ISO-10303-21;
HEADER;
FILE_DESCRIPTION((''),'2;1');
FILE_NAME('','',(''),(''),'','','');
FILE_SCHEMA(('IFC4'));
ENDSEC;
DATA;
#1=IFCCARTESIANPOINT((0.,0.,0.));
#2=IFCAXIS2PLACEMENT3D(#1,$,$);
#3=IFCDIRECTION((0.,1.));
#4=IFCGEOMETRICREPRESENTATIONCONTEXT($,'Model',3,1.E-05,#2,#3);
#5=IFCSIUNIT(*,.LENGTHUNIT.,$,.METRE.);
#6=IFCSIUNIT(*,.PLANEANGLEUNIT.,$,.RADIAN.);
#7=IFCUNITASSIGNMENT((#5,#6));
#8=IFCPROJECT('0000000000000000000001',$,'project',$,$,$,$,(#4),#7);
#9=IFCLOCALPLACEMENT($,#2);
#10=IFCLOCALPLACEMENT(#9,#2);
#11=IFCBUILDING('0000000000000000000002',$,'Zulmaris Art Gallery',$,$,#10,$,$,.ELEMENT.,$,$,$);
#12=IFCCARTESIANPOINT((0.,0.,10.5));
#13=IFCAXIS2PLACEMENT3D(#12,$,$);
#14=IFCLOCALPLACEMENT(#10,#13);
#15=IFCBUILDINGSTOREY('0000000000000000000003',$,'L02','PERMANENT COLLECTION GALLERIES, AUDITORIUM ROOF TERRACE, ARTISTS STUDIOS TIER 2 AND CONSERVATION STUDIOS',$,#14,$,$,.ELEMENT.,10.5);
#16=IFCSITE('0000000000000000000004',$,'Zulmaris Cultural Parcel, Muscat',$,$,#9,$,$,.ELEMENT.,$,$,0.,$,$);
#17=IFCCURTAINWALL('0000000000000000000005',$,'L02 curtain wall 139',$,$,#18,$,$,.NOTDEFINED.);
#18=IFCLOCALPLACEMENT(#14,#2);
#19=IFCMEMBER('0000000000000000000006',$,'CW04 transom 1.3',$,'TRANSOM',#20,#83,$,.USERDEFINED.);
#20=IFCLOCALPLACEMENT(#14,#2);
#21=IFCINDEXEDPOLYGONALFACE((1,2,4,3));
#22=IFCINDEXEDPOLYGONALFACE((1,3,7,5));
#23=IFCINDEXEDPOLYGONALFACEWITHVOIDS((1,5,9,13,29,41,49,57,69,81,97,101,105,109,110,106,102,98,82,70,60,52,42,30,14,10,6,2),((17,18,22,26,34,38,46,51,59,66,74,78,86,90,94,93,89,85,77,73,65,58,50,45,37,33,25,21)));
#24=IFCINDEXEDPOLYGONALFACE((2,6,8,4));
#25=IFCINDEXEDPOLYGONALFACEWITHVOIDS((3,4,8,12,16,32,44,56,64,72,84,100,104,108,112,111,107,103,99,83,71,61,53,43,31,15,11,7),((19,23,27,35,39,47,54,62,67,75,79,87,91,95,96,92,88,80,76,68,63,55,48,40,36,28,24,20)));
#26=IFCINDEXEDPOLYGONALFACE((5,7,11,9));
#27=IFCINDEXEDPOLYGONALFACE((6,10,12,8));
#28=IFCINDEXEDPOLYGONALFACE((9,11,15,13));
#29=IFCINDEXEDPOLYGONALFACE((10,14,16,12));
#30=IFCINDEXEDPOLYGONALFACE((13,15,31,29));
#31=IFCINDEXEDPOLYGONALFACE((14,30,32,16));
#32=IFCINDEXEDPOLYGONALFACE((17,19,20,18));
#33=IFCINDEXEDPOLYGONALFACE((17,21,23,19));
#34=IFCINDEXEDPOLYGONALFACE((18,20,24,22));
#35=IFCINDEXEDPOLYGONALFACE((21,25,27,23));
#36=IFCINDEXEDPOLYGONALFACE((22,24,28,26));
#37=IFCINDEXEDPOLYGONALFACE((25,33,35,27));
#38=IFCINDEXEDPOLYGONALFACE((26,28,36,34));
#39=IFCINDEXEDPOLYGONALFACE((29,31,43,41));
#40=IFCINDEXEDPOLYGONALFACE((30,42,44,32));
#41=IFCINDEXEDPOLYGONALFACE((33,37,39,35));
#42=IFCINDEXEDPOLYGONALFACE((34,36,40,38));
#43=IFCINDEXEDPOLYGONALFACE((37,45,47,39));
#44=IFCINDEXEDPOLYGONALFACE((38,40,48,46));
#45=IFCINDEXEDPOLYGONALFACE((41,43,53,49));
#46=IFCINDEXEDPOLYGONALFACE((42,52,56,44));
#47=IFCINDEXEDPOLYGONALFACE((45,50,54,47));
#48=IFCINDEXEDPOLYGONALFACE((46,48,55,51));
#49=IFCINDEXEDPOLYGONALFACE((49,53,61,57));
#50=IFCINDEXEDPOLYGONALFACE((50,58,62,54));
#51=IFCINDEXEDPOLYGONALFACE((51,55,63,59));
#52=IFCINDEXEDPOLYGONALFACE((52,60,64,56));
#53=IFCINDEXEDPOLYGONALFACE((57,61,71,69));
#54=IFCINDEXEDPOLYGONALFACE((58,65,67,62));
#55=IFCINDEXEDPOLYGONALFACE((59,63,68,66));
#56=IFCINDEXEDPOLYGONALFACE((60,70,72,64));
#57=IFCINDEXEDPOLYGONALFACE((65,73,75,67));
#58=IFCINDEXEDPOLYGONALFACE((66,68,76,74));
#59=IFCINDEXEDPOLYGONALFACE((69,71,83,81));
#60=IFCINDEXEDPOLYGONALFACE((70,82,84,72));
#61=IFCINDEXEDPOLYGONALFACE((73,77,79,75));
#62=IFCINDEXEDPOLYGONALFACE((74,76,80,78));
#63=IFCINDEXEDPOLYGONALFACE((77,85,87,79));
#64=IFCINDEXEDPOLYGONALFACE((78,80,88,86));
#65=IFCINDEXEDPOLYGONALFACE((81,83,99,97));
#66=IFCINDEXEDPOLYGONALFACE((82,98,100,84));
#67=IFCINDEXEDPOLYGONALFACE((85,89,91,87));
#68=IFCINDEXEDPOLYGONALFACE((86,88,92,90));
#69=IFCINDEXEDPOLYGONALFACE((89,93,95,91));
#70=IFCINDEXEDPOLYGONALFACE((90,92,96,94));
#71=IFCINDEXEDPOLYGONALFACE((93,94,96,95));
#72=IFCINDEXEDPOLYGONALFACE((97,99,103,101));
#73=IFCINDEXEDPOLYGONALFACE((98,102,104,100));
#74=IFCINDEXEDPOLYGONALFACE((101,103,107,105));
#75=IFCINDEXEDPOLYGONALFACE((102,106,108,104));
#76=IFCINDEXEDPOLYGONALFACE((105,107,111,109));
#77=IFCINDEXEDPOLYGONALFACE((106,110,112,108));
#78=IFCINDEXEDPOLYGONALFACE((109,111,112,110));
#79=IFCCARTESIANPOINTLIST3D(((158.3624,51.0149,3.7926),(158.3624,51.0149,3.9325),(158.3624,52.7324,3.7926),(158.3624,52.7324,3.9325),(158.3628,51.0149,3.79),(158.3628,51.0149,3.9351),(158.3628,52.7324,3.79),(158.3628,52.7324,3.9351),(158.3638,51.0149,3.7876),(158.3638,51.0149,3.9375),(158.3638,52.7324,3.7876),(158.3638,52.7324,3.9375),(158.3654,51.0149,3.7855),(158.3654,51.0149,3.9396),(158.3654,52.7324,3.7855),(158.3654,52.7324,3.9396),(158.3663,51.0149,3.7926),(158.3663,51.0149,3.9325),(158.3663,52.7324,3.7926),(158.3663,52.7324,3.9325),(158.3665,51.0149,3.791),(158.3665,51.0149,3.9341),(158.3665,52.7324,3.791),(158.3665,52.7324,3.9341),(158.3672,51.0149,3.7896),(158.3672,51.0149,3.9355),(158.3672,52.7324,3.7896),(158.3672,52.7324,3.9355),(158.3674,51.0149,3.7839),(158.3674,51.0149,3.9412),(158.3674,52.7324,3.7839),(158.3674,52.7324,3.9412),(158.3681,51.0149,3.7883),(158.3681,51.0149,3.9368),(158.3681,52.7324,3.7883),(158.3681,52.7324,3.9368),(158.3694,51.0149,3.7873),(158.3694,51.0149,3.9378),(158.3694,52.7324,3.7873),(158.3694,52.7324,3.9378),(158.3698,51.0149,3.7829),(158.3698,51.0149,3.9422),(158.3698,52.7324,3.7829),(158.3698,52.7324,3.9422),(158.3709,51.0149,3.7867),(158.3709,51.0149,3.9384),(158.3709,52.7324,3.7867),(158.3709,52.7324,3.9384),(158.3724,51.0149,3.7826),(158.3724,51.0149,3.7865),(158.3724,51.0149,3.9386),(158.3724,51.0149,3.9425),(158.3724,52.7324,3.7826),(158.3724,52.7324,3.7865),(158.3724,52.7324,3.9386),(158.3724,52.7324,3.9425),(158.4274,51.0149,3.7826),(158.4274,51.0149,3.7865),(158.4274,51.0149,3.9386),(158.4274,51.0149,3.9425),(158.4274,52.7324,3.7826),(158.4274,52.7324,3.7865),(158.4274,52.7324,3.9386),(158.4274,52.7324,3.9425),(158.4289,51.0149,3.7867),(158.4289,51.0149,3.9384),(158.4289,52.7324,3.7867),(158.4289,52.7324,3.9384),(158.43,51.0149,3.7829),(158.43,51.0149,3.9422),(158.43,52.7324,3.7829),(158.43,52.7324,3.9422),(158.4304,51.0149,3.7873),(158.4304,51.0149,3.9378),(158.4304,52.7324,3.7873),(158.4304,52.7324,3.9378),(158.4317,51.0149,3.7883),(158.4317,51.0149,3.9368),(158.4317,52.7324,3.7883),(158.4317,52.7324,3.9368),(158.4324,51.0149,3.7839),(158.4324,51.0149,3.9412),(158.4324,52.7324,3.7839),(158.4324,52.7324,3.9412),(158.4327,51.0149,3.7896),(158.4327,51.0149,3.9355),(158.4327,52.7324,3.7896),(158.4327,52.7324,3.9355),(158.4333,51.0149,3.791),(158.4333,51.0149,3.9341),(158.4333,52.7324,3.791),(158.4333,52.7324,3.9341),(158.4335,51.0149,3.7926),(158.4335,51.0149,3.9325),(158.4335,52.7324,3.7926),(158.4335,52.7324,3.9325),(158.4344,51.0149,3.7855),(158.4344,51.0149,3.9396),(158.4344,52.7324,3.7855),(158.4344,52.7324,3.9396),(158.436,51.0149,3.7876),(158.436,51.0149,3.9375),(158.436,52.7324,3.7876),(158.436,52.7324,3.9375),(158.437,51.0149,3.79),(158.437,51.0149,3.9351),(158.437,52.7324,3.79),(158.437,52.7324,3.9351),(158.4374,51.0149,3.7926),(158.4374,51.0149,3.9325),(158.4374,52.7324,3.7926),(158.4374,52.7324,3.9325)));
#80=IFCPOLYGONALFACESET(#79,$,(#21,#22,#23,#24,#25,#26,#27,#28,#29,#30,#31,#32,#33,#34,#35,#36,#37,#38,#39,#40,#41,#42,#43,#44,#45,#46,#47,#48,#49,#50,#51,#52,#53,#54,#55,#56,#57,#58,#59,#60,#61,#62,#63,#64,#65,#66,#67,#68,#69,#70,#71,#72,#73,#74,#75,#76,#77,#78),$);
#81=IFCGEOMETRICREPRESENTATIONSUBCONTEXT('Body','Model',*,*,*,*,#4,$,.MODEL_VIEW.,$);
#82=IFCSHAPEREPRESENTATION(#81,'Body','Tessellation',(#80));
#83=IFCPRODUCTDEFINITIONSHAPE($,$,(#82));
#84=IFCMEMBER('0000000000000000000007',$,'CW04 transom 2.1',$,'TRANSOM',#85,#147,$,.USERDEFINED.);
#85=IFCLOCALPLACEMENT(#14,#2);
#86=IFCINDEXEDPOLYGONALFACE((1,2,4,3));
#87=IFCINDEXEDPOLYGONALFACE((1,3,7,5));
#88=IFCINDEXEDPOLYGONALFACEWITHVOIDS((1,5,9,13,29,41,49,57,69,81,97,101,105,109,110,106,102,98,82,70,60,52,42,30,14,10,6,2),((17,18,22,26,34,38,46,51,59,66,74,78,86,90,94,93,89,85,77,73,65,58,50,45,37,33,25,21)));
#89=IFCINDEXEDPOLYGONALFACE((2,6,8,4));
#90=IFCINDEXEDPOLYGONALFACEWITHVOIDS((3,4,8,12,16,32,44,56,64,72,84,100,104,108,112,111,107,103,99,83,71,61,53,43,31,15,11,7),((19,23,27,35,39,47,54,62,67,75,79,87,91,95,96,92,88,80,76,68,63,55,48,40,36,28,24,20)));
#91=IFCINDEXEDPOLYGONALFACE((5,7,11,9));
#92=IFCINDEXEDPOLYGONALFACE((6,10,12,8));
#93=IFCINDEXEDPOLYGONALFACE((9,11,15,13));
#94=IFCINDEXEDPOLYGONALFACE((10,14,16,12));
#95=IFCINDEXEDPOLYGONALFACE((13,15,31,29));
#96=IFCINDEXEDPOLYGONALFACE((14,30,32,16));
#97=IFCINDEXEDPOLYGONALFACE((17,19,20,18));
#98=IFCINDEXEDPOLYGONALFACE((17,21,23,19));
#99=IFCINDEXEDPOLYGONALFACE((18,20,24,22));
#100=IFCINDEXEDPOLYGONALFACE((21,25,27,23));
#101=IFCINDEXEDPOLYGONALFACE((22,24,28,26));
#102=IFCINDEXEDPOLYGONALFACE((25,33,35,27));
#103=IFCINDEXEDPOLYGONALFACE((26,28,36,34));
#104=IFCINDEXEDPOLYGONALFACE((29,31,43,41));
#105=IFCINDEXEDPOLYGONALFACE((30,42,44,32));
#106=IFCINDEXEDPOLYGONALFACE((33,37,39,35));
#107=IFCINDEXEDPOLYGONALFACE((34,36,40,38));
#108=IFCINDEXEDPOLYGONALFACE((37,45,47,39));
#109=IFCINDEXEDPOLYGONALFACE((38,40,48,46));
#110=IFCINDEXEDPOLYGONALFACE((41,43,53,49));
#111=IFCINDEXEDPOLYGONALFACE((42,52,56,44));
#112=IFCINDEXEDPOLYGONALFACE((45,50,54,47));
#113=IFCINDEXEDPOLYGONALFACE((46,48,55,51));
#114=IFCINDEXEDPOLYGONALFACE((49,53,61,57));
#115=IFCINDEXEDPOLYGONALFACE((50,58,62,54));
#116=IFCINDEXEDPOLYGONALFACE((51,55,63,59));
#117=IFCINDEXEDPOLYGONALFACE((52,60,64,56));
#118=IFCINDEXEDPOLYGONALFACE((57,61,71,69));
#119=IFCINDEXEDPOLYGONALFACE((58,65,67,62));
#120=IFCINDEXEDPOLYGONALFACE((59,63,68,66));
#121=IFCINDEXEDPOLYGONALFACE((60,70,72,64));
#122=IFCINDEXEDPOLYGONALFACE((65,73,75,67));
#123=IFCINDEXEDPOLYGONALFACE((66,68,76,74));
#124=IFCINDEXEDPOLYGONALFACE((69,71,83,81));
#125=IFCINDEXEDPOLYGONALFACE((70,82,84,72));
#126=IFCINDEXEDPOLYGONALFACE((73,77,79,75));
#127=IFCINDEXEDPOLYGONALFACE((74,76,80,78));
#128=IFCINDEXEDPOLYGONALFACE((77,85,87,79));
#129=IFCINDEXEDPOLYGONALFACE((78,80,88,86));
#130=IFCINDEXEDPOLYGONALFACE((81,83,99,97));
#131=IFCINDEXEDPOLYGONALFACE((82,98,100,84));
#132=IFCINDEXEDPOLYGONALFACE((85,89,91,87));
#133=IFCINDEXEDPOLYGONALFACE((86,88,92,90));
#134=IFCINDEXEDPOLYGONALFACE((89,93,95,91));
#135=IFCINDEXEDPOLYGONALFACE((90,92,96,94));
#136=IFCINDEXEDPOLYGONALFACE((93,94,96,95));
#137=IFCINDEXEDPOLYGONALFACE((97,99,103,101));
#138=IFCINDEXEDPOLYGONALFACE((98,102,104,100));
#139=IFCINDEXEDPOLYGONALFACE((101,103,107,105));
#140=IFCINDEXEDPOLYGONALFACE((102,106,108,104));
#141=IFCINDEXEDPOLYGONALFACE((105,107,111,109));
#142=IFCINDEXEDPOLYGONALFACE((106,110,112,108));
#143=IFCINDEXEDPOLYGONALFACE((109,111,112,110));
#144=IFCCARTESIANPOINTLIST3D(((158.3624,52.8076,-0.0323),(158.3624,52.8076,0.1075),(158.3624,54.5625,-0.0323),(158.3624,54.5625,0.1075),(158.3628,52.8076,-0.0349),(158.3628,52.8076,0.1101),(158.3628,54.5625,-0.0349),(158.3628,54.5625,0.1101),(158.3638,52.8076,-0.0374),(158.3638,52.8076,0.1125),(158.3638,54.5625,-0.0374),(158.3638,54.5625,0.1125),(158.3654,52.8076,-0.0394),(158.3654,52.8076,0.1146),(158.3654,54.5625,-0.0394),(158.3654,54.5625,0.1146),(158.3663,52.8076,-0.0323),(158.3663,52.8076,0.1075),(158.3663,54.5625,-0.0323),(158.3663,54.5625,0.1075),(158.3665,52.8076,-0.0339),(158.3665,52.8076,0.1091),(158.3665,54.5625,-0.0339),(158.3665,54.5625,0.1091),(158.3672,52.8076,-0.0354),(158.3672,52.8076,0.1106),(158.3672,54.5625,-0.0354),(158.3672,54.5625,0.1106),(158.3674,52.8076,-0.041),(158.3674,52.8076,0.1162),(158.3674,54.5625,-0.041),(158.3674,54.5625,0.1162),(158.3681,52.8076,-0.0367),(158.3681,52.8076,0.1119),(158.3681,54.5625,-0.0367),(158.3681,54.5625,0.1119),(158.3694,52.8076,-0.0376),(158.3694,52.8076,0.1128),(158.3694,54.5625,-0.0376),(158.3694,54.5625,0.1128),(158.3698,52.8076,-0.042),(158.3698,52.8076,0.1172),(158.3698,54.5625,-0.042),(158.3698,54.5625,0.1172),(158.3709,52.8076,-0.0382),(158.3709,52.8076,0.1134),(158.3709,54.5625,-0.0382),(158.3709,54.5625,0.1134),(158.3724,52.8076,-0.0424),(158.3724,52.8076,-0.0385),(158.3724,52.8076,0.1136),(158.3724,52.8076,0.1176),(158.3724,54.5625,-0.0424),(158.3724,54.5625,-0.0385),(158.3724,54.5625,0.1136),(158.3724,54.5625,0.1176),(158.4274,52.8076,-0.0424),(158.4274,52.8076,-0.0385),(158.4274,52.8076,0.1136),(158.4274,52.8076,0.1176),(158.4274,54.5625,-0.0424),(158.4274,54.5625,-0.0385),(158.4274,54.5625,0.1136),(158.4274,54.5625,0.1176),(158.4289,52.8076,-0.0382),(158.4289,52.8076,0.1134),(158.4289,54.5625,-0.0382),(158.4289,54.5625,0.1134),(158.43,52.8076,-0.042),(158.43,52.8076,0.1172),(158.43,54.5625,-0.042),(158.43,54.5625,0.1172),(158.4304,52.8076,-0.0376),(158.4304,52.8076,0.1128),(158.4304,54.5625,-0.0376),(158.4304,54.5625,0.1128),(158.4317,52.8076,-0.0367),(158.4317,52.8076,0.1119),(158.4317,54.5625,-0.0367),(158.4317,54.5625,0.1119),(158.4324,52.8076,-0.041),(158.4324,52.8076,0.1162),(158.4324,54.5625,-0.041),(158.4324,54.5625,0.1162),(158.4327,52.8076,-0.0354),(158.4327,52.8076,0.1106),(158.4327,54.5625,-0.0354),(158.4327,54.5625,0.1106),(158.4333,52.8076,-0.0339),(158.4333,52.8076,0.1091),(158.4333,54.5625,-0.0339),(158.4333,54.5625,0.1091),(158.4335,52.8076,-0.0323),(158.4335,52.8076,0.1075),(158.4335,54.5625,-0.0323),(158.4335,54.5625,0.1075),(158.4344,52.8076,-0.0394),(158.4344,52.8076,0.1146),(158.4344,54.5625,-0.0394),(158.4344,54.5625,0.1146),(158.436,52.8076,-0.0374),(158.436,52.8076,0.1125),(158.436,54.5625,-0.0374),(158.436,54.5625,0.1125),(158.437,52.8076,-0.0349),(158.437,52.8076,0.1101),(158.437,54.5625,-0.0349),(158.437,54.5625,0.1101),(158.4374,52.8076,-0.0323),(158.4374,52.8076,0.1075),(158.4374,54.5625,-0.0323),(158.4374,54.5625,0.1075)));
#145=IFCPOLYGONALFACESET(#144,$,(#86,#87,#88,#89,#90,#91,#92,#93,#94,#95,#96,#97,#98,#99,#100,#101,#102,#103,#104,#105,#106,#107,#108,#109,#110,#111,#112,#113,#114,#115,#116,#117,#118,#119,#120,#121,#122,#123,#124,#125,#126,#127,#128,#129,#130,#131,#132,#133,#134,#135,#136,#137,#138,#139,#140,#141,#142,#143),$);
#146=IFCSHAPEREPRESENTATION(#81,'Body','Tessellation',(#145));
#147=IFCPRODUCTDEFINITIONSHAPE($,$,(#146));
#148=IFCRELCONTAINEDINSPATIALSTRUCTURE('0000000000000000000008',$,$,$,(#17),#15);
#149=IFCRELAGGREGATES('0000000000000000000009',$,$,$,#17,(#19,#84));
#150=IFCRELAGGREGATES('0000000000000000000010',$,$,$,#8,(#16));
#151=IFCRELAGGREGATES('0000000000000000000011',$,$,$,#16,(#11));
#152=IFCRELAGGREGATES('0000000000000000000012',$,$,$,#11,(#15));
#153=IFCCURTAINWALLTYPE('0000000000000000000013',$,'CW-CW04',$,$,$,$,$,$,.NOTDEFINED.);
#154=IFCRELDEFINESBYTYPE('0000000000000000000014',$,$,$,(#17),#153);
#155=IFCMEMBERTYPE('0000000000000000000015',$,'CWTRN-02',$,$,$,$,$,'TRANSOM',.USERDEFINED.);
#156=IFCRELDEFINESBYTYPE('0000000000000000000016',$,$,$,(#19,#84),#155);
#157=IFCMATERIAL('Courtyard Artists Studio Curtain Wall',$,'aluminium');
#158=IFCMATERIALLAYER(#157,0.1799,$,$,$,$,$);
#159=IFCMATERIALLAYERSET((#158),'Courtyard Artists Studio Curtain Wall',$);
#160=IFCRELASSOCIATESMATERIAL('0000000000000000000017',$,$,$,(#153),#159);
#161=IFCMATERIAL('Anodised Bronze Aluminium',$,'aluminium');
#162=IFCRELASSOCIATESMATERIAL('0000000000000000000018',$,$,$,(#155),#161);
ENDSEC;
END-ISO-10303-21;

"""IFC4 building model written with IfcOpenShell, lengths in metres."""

from ifc_helpers import new_model, si_unit, direction, frame, origin, origin_2d, place, context, subcontext, project, spatial, hollow_rectangle, extrude, material, layer, layer_set, material_profile, profile_set, type_object, element, aggregate, save


model = new_model("IFC4")

# Units and contexts
model_context = context("Model", 3, precision=1e-05, world=origin(), true_north=direction((0.0, 1.0)))
body_context = subcontext(model_context, "Body", "Model", "MODEL_VIEW")
ifc_project = project(units=[si_unit("LENGTHUNIT", "METRE"), si_unit("PLANEANGLEUNIT", "RADIAN")], contexts=[model_context])

# Site, building, storey
site_placement = place(None, origin())
site = spatial("IfcSite", under=ifc_project, at=site_placement, Name="Zulmaris Cultural Parcel, Muscat", CompositionType="ELEMENT", RefElevation=0.0)
building_placement = place(site_placement, origin())
building = spatial("IfcBuilding", under=site, at=building_placement, Name="Zulmaris Art Gallery", CompositionType="ELEMENT")
storey_placement = place(building_placement, frame((0.0, 0.0, 10.5)))
storey = spatial("IfcBuildingStorey", under=building, at=storey_placement, Name="L02", Description="PERMANENT COLLECTION GALLERIES, AUDITORIUM ROOF TERRACE, ARTISTS STUDIOS TIER 2 AND CONSERVATION STUDIOS", CompositionType="ELEMENT", Elevation=10.5)

# Curtain wall
ifc_material_1 = material(Name="Courtyard Artists Studio Curtain Wall", Category="aluminium")
ifc_layer_1 = layer(ifc_material_1, 0.1799)
ifc_layer_set_1 = layer_set([ifc_layer_1], Name="Courtyard Artists Studio Curtain Wall")
curtain_wall_type = type_object("IfcCurtainWallType", Name="CW-CW04", PredefinedType="NOTDEFINED", material=ifc_layer_set_1)
ifc_material_2 = material(Name="Anodised Bronze Aluminium", Category="aluminium")
curtain_wall_1_placement = place(storey_placement, origin())
curtain_wall_1 = element("IfcCurtainWall", 1, at=curtain_wall_1_placement, inside=storey, type_object=curtain_wall_type, Name="L02 curtain wall 139", PredefinedType="NOTDEFINED")

# Members
ifc_material_profile_1 = material_profile(ifc_material_2, hollow_rectangle(XDim=0.075, YDim=0.1599, WallThickness=0.0039, InnerFilletRadius=0.0061, OuterFilletRadius=0.01, at=origin_2d()), Name="ALU 75x160x4")
ifc_profile_set_1 = profile_set([ifc_material_profile_1], Name="Anodised Bronze Aluminium")
member_type_1 = type_object("IfcMemberType", Name="CWTRN-02", ElementType="TRANSOM", PredefinedType="USERDEFINED", material=ifc_profile_set_1)
member_1_placement = place(storey_placement, frame((158.3999, 51.0149, 3.8625), z_axis=(0.0, 1.0, 0.0), x_axis=(-1.0, 0.0, 0.0)))
member_1 = element("IfcMember", 2, at=member_1_placement, type_object=member_type_1, Name="CW04 transom 1.3", ObjectType="TRANSOM", PredefinedType="USERDEFINED", context=body_context, shape_type="SweptSolid", body=[
    extrude(hollow_rectangle(XDim=0.075, YDim=0.1599, WallThickness=0.0039, InnerFilletRadius=0.0061, OuterFilletRadius=0.01, at=origin_2d()), origin(), (0.0, 0.0, 1.0), 1.7175),
])
member_2_placement = place(storey_placement, frame((158.3999, 52.8076, 0.0376), z_axis=(0.0, 1.0, 0.0), x_axis=(-1.0, 0.0, 0.0)))
member_2 = element("IfcMember", 3, at=member_2_placement, type_object=member_type_1, Name="CW04 transom 2.1", ObjectType="TRANSOM", PredefinedType="USERDEFINED", context=body_context, shape_type="SweptSolid", body=[
    extrude(hollow_rectangle(XDim=0.075, YDim=0.1599, WallThickness=0.0039, InnerFilletRadius=0.0061, OuterFilletRadius=0.01, at=origin_2d()), origin(), (0.0, 0.0, 1.0), 1.7549),
])

aggregate(curtain_wall_1, [member_1, member_2])

save(model, "model.ifc")
